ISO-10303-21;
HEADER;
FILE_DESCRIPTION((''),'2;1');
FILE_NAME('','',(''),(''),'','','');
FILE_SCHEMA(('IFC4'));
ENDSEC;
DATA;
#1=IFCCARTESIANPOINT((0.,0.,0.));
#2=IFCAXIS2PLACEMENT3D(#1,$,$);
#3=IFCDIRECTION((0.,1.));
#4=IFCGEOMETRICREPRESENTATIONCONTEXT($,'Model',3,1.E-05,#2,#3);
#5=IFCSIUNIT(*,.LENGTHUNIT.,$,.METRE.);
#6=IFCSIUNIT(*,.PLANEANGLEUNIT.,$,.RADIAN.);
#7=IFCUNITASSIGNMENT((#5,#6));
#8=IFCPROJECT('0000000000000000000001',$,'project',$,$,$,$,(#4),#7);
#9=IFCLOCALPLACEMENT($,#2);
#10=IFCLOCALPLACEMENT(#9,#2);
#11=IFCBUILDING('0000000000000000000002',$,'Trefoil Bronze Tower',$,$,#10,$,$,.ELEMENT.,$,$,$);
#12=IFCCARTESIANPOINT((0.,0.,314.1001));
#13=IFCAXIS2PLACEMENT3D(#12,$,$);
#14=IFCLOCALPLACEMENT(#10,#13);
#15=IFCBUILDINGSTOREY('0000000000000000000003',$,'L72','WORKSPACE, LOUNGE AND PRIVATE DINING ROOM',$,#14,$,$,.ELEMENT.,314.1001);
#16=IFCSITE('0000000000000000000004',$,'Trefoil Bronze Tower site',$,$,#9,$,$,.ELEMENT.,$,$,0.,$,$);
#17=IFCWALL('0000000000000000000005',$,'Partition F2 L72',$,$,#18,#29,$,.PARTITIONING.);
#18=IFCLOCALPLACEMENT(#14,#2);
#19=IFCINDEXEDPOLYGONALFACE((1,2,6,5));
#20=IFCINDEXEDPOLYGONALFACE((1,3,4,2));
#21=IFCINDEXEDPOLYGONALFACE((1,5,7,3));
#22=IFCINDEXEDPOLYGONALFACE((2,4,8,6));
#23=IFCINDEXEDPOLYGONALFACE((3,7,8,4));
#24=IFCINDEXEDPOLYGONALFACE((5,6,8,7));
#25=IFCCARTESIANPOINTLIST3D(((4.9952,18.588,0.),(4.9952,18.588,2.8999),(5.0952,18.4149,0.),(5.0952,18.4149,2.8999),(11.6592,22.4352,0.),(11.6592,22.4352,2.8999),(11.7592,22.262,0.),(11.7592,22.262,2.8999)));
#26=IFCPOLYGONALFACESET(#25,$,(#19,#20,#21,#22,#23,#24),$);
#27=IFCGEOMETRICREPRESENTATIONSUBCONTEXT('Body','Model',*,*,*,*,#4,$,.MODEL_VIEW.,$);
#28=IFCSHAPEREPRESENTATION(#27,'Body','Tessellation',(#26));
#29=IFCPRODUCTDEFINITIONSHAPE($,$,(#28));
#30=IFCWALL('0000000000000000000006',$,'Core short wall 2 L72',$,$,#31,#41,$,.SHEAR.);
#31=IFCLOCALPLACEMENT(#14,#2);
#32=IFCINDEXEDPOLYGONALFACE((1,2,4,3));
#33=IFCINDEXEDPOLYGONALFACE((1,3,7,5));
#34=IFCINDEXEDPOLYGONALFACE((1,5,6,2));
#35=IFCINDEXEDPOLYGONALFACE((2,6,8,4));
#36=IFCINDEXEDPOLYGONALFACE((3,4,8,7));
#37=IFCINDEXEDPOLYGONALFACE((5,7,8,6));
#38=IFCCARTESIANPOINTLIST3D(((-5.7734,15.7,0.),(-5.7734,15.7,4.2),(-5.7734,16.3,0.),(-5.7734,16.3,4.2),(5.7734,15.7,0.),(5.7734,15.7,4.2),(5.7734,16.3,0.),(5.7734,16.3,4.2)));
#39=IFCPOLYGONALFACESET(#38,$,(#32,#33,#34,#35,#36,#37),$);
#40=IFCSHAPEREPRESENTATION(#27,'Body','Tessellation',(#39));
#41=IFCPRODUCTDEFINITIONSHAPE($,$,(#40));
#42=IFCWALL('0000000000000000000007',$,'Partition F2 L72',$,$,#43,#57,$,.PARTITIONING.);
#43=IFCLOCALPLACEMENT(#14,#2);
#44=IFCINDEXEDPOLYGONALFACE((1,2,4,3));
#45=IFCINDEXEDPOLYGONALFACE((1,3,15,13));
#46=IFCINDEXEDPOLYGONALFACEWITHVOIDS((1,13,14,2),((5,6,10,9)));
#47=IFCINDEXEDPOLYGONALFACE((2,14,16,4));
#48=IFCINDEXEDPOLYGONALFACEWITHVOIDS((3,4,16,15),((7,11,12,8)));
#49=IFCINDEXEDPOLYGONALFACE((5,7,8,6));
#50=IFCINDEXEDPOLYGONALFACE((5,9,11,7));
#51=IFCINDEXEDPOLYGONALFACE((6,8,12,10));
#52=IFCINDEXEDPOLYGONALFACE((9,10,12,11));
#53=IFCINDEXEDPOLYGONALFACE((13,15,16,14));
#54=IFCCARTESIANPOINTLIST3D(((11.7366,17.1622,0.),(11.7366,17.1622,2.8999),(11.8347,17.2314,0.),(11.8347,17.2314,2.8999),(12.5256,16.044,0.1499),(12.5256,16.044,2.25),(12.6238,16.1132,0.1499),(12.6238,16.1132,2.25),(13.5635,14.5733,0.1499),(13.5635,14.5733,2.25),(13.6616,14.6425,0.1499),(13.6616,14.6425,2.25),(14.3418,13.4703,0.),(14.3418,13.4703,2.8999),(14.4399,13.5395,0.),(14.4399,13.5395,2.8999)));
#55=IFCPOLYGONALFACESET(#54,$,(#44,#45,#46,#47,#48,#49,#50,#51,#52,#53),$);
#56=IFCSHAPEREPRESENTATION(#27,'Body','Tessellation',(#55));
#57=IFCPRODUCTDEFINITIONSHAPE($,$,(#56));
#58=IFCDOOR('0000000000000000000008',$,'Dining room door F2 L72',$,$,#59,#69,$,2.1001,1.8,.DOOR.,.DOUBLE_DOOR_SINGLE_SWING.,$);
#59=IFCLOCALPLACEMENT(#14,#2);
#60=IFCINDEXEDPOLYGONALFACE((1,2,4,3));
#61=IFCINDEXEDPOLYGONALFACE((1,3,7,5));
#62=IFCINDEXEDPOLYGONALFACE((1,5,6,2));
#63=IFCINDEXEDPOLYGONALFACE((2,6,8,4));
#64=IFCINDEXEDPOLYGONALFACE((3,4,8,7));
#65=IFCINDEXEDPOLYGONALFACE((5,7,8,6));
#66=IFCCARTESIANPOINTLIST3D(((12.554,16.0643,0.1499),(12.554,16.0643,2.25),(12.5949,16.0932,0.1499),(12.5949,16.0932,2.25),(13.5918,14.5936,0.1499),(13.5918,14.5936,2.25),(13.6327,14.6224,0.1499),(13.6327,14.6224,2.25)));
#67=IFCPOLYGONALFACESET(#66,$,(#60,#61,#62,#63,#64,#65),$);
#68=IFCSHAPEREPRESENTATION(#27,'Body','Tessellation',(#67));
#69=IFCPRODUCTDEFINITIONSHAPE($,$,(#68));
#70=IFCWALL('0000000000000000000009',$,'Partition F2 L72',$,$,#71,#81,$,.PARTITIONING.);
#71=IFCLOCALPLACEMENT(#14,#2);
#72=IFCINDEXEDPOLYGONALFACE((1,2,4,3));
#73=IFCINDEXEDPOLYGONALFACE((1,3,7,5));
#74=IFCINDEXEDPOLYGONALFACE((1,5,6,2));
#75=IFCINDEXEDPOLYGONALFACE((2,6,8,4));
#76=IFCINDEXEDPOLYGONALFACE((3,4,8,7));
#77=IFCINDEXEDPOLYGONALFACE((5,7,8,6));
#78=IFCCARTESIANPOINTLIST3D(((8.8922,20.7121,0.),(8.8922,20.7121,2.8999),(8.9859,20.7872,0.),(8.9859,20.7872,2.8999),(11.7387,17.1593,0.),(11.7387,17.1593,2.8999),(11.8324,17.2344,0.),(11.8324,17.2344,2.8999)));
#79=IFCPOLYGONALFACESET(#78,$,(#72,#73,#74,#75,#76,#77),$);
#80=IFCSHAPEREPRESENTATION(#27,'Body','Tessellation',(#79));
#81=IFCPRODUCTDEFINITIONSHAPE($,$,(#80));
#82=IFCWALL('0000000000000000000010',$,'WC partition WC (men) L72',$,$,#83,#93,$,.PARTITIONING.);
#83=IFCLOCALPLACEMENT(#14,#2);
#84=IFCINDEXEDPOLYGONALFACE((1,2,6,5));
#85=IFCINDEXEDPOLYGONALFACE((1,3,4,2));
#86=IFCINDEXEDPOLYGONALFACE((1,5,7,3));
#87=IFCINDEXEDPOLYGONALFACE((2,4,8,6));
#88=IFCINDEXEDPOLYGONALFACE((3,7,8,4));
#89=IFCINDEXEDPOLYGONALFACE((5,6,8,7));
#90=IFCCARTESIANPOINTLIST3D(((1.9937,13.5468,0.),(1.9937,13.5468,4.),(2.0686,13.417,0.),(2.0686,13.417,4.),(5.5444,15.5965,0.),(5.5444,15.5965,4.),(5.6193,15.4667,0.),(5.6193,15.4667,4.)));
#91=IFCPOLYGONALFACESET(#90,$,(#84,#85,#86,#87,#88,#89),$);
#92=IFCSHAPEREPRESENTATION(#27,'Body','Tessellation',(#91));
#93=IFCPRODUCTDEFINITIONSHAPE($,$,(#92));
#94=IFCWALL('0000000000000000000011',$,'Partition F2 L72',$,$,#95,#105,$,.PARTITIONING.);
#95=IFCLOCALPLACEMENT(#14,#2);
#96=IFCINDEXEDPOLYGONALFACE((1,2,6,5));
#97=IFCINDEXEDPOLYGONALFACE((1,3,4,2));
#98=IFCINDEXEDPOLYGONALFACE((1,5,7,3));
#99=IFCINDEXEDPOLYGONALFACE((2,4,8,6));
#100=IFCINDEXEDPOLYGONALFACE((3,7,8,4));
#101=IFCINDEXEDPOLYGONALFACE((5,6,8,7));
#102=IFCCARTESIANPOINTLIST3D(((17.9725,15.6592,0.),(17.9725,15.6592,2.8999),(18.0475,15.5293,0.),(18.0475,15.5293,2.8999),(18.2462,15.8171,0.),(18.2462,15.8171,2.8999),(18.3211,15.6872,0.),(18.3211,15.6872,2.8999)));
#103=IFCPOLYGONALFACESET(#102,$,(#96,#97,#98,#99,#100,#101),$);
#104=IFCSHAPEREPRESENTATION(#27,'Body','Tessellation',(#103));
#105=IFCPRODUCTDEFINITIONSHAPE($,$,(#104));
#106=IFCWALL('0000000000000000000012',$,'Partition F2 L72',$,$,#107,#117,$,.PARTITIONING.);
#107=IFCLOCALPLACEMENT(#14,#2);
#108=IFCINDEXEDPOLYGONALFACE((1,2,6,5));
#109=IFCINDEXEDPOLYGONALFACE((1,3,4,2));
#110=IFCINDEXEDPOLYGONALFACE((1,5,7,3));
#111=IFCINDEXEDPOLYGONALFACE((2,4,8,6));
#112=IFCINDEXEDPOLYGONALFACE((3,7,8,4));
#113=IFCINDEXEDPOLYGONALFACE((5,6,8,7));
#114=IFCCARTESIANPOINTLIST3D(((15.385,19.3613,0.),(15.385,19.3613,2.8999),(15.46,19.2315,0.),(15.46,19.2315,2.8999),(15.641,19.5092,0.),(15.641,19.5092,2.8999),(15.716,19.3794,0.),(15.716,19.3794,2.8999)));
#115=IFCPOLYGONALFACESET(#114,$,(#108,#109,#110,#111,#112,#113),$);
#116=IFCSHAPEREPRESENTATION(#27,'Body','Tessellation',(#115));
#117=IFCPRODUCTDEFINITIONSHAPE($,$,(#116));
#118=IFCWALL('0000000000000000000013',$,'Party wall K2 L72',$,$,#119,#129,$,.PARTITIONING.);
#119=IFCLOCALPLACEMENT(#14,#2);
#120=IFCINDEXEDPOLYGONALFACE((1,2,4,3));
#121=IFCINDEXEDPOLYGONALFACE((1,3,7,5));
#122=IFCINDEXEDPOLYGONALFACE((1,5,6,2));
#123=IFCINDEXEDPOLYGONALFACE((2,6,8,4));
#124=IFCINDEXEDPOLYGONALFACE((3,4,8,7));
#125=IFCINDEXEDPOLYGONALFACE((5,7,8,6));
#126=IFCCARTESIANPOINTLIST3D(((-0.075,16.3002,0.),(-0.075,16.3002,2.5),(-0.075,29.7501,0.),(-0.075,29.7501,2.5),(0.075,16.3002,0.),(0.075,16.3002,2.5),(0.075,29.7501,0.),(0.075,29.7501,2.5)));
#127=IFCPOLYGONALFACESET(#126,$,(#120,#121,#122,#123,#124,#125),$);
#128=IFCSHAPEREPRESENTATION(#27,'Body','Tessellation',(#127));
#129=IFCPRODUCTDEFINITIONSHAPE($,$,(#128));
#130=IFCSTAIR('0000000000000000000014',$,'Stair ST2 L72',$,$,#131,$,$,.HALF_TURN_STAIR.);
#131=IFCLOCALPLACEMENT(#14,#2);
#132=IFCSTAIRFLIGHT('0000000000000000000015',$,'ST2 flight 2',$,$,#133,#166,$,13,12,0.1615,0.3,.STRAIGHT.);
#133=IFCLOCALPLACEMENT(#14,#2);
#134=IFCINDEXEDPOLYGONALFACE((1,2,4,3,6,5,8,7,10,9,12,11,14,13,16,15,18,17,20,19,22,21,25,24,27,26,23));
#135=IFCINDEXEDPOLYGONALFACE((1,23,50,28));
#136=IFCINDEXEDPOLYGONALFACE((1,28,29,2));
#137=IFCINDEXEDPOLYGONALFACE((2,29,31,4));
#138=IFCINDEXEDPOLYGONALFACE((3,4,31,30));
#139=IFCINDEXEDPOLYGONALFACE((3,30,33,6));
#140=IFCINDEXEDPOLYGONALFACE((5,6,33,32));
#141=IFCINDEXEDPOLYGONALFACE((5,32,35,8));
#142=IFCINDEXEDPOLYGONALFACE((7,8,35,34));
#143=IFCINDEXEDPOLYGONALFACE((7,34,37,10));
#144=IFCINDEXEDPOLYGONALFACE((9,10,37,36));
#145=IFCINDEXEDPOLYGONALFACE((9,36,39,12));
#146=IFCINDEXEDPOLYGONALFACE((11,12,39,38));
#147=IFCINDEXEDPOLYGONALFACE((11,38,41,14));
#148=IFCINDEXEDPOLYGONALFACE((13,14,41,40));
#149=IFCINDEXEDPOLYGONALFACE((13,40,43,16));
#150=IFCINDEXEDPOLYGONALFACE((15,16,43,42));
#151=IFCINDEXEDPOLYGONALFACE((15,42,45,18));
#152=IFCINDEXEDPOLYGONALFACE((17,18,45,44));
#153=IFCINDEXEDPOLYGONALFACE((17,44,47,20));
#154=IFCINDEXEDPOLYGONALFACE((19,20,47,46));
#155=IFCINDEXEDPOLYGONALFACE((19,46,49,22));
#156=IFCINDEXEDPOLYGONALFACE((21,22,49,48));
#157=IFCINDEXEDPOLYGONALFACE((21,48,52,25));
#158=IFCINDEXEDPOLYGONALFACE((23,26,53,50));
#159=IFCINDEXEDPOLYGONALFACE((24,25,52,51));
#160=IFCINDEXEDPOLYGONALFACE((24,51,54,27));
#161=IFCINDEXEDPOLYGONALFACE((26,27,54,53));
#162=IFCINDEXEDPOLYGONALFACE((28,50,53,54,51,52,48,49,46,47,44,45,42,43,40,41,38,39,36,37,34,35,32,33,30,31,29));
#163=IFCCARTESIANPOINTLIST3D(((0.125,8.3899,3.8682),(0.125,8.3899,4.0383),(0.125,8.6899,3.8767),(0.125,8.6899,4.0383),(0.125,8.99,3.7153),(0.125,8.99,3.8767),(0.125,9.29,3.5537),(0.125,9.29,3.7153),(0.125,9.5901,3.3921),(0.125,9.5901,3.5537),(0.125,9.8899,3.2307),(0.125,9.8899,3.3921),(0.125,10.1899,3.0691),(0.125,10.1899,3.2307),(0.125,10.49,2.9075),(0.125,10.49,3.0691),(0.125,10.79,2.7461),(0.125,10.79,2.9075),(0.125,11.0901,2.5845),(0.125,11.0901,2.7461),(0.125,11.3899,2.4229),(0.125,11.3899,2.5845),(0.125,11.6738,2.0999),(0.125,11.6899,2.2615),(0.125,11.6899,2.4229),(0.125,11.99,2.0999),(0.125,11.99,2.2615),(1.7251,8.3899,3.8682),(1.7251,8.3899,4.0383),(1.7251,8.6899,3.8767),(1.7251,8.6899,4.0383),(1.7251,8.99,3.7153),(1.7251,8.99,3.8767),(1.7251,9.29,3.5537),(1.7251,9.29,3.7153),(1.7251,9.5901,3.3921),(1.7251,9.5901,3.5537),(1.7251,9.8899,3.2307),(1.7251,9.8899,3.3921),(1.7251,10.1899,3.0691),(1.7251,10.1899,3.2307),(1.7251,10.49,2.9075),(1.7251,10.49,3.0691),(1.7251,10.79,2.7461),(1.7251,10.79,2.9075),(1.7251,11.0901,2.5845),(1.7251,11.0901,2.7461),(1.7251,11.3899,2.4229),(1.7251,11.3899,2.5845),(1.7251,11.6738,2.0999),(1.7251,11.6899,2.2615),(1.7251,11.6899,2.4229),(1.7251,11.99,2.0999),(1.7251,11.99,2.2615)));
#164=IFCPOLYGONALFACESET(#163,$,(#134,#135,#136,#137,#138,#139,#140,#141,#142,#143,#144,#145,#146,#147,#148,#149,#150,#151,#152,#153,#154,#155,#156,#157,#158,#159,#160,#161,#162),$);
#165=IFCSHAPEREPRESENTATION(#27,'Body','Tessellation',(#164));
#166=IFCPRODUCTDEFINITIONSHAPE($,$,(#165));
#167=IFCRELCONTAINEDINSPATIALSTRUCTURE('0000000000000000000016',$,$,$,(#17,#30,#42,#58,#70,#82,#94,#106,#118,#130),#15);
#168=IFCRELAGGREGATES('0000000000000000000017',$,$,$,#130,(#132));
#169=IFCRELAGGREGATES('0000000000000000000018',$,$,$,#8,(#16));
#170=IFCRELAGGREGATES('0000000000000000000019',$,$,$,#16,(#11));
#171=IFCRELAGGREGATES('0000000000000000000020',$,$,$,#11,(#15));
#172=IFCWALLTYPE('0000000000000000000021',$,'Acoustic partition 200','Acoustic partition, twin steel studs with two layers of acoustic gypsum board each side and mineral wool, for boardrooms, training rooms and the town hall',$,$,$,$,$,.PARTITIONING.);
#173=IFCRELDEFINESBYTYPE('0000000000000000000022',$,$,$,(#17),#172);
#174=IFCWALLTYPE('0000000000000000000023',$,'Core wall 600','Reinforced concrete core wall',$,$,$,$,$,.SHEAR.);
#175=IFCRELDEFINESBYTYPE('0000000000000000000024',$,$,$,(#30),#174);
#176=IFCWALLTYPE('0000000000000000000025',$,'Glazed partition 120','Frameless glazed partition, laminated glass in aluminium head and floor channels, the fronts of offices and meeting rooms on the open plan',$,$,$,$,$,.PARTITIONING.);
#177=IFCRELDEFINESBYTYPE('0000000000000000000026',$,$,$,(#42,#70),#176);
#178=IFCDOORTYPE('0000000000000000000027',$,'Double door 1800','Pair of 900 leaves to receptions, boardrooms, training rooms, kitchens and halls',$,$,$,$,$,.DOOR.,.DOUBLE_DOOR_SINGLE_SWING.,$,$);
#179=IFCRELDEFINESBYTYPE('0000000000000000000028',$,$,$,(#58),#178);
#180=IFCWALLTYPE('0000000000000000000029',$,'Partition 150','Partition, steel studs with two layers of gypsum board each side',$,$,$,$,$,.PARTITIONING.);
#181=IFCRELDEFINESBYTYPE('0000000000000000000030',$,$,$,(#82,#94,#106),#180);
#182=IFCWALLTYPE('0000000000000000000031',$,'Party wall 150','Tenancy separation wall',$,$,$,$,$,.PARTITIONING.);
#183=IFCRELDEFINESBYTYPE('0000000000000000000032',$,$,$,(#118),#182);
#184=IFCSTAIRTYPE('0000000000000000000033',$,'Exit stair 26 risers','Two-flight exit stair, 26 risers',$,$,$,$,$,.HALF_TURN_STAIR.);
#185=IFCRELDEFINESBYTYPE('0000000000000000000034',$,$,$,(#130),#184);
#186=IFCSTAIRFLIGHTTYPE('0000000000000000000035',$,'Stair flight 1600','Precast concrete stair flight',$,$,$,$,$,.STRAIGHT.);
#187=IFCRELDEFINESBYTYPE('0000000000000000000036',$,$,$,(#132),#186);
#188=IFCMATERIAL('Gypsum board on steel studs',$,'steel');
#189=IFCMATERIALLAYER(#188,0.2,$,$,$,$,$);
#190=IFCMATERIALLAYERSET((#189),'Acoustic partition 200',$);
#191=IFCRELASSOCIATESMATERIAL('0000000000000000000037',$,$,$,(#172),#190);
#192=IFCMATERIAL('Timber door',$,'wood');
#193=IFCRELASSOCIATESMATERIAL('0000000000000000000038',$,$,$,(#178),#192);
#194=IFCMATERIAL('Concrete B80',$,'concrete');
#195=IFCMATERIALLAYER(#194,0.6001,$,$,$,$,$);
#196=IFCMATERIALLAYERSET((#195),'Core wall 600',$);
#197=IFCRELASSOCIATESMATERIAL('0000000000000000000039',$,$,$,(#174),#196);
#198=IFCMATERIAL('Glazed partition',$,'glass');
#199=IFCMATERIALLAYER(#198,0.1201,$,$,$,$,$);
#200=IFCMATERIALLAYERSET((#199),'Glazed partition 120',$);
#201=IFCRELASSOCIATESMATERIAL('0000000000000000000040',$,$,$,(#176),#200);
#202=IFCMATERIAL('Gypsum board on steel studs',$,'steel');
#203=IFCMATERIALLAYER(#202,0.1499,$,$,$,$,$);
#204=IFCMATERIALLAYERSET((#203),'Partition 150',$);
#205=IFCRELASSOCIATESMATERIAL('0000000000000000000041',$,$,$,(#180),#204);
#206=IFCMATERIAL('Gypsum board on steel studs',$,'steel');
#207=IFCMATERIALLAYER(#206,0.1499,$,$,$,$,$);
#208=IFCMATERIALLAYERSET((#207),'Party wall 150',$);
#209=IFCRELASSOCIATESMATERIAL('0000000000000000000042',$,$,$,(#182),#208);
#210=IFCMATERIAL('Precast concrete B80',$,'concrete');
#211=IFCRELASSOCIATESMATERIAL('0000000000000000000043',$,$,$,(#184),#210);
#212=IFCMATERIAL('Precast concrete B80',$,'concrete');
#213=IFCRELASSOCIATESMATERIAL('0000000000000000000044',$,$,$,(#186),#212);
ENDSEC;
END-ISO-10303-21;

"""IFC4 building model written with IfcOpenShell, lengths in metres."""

from ifc_helpers import new_model, si_unit, direction, frame, frame_2d, origin, place, context, subcontext, project, spatial, polyline, rectangle, outline, extrude, material, layer, layer_set, type_object, element, fill, aggregate, save


model = new_model("IFC4")

# Units and contexts
model_context = context("Model", 3, precision=1e-05, world=origin(), true_north=direction((0.0, 1.0)))
body_context = subcontext(model_context, "Body", "Model", "MODEL_VIEW")
ifc_project = project(units=[si_unit("LENGTHUNIT", "METRE"), si_unit("PLANEANGLEUNIT", "RADIAN")], contexts=[model_context])

# Site, building, storey
site_placement = place(None, origin())
site = spatial("IfcSite", under=ifc_project, at=site_placement, Name="Trefoil Bronze Tower site", CompositionType="ELEMENT", RefElevation=0.0)
building_placement = place(site_placement, origin())
building = spatial("IfcBuilding", under=site, at=building_placement, Name="Trefoil Bronze Tower", CompositionType="ELEMENT")
storey_placement = place(building_placement, frame((0.0, 0.0, 314.1001)))
storey = spatial("IfcBuildingStorey", under=building, at=storey_placement, Name="L72", Description="WORKSPACE, LOUNGE AND PRIVATE DINING ROOM", CompositionType="ELEMENT", Elevation=314.1001)

# Shared definitions
ifc_material_1 = material(Name="Gypsum board on steel studs", Category="steel")
ifc_layer_1 = layer(ifc_material_1, 0.2)
ifc_layer_set_1 = layer_set([ifc_layer_1], Name="Acoustic partition 200")
wall_type_1 = type_object("IfcWallType", Name="Acoustic partition 200", Description="Acoustic partition, twin steel studs with two layers of acoustic gypsum board each side and mineral wool, for boardrooms, training rooms and the town hall", PredefinedType="PARTITIONING", material=ifc_layer_set_1)
ifc_material_2 = material(Name="Timber door", Category="wood")
door_type = type_object("IfcDoorType", Name="Double door 1800", Description="Pair of 900 leaves to receptions, boardrooms, training rooms, kitchens and halls", OperationType="DOUBLE_DOOR_SINGLE_SWING", PredefinedType="DOOR", material=ifc_material_2)

# Walls
wall_1_placement = place(storey_placement, frame((5.0452, 18.5015, 0.0), z_axis=(0.0, 0.0, 1.0), x_axis=(0.866044, 0.499968, 0.0)))
element("IfcWall", 1, at=wall_1_placement, inside=storey, type_object=wall_type_1, Name="Partition F2 L72", PredefinedType="PARTITIONING", context=body_context, shape_type="SweptSolid", body=[
    extrude(rectangle(XDim=7.6948, YDim=0.2, at=frame_2d((3.8474, 0.0))), origin(), (0.0, 0.0, 1.0), 2.8999),
])
ifc_material_3 = material(Name="Concrete B80", Category="concrete")
ifc_layer_2 = layer(ifc_material_3, 0.6001)
ifc_layer_set_2 = layer_set([ifc_layer_2], Name="Core wall 600")
wall_type_2 = type_object("IfcWallType", Name="Core wall 600", Description="Reinforced concrete core wall", PredefinedType="SHEAR", material=ifc_layer_set_2)
wall_2_placement = place(storey_placement, frame((5.7734, 16.0, 0.0), z_axis=(0.0, 0.0, 1.0), x_axis=(-1.0, 0.0, 0.0)))
element("IfcWall", 2, at=wall_2_placement, inside=storey, type_object=wall_type_2, Name="Core short wall 2 L72", PredefinedType="SHEAR", context=body_context, shape_type="SweptSolid", body=[
    extrude(rectangle(XDim=11.5469, YDim=0.6001, at=frame_2d((5.7734, 0.0))), origin(), (0.0, 0.0, 1.0), 4.2),
])

# Wall, opening, door
ifc_material_4 = material(Name="Glazed partition", Category="glass")
ifc_layer_3 = layer(ifc_material_4, 0.1201)
ifc_layer_set_3 = layer_set([ifc_layer_3], Name="Glazed partition 120")
wall_type_3 = type_object("IfcWallType", Name="Glazed partition 120", Description="Frameless glazed partition, laminated glass in aluminium head and floor channels, the fronts of offices and meeting rooms on the open plan", PredefinedType="PARTITIONING", material=ifc_layer_set_3)
wall_3_placement = place(storey_placement, frame((14.3909, 13.5049, 0.0), z_axis=(0.0, 0.0, 1.0), x_axis=(-0.576562, 0.817053, 0.0)))
wall_3 = element("IfcWall", 3, at=wall_3_placement, inside=storey, type_object=wall_type_3, Name="Partition F2 L72", PredefinedType="PARTITIONING", context=body_context, shape_type="SweptSolid", body=[
    extrude(rectangle(XDim=4.5186, YDim=0.1201, at=frame_2d((2.2593, 0.0))), origin(), (0.0, 0.0, 1.0), 2.8999),
])
opening_1_placement = place(wall_3_placement, frame((1.3501, 0.0, 0.1499)))
opening_1 = element("IfcOpeningElement", 4, at=opening_1_placement, cuts=wall_3, PredefinedType="OPENING", context=body_context, shape_type="SweptSolid", body=[
    extrude(rectangle(XDim=1.8, YDim=2.1001, at=frame_2d((0.8999, 1.05))), frame((0.0, 0.0701, 0.0), z_axis=(0.0, -1.0, 0.0), x_axis=(1.0, 0.0, 0.0)), (0.0, 0.0, 1.0), 0.1401),
])
door_1_placement = place(opening_1_placement, frame((1.8, 0.0, 0.0), z_axis=(0.0, 0.0, 1.0), x_axis=(-1.0, 0.0, 0.0)))
door_1 = element("IfcDoor", 5, at=door_1_placement, inside=storey, type_object=door_type, Name="Dining room door F2 L72", OperationType="DOUBLE_DOOR_SINGLE_SWING", OverallHeight=2.1001, OverallWidth=1.8, PredefinedType="DOOR", context=body_context, shape_type="SweptSolid", body=[
    extrude(rectangle(XDim=1.8, YDim=2.1001, at=frame_2d((0.8999, 1.05))), frame((0.0, 0.0249, 0.0), z_axis=(0.0, -1.0, 0.0), x_axis=(1.0, 0.0, 0.0)), (0.0, 0.0, 1.0), 0.05),
])
fill(opening_1, door_1)

# Walls
wall_4_placement = place(storey_placement, frame((11.7856, 17.1968, 0.0), z_axis=(0.0, 0.0, 1.0), x_axis=(-0.625264, 0.780413, 0.0)))
element("IfcWall", 6, at=wall_4_placement, inside=storey, type_object=wall_type_3, Name="Partition F2 L72", PredefinedType="PARTITIONING", context=body_context, shape_type="SweptSolid", body=[
    extrude(rectangle(XDim=4.5525, YDim=0.1201, at=frame_2d((2.2764, 0.0))), origin(), (0.0, 0.0, 1.0), 2.8999),
])
ifc_material_5 = material(Name="Gypsum board on steel studs", Category="steel")
ifc_layer_4 = layer(ifc_material_5, 0.1499)
ifc_layer_set_4 = layer_set([ifc_layer_4], Name="Partition 150")
wall_type_4 = type_object("IfcWallType", Name="Partition 150", Description="Partition, steel studs with two layers of gypsum board each side", PredefinedType="PARTITIONING", material=ifc_layer_set_4)
wall_5_placement = place(storey_placement, frame((2.0312, 13.4819, 0.0), z_axis=(0.0, 0.0, 1.0), x_axis=(0.866051, 0.499956, 0.0)))
element("IfcWall", 7, at=wall_5_placement, inside=storey, type_object=wall_type_4, Name="WC partition WC (men) L72", PredefinedType="PARTITIONING", context=body_context, shape_type="SweptSolid", body=[
    extrude(rectangle(XDim=4.0999, YDim=0.1499, at=frame_2d((2.0498, 0.0))), origin(), (0.0, 0.0, 1.0), 4.0),
])
wall_6_placement = place(storey_placement, frame((18.01, 15.5942, 0.0), z_axis=(0.0, 0.0, 1.0), x_axis=(0.866096, 0.499879, 0.0)))
element("IfcWall", 8, at=wall_6_placement, inside=storey, type_object=wall_type_4, Name="Partition F2 L72", PredefinedType="PARTITIONING", context=body_context, shape_type="SweptSolid", body=[
    extrude(rectangle(XDim=0.3159, YDim=0.1499, at=frame_2d((0.158, 0.0))), origin(), (0.0, 0.0, 1.0), 2.8999),
])
wall_7_placement = place(storey_placement, frame((15.4224, 19.2964, 0.0), z_axis=(0.0, 0.0, 1.0), x_axis=(0.865897, 0.500223, 0.0)))
element("IfcWall", 9, at=wall_7_placement, inside=storey, type_object=wall_type_4, Name="Partition F2 L72", PredefinedType="PARTITIONING", context=body_context, shape_type="SweptSolid", body=[
    extrude(rectangle(XDim=0.2957, YDim=0.1499, at=frame_2d((0.1479, 0.0))), origin(), (0.0, 0.0, 1.0), 2.8999),
])
ifc_material_6 = material(Name="Gypsum board on steel studs", Category="steel")
ifc_layer_5 = layer(ifc_material_6, 0.1499)
ifc_layer_set_5 = layer_set([ifc_layer_5], Name="Party wall 150")
wall_type_5 = type_object("IfcWallType", Name="Party wall 150", Description="Tenancy separation wall", PredefinedType="PARTITIONING", material=ifc_layer_set_5)
wall_8_placement = place(storey_placement, frame((0.0, 16.3, 0.0), z_axis=(0.0, 0.0, 1.0), x_axis=(0.0, 1.0, 0.0)))
element("IfcWall", 10, at=wall_8_placement, inside=storey, type_object=wall_type_5, Name="Party wall K2 L72", PredefinedType="PARTITIONING", context=body_context, shape_type="SweptSolid", body=[
    extrude(rectangle(XDim=13.45, YDim=0.1499, at=frame_2d((6.7251, 0.0))), origin(), (0.0, 0.0, 1.0), 2.5),
])

# Stair, stair flight
ifc_material_7 = material(Name="Precast concrete B80", Category="concrete")
stair_type = type_object("IfcStairType", Name="Exit stair 26 risers", Description="Two-flight exit stair, 26 risers", PredefinedType="HALF_TURN_STAIR", material=ifc_material_7)
stair_placement = place(storey_placement, origin())
stair = element("IfcStair", 11, at=stair_placement, inside=storey, type_object=stair_type, Name="Stair ST2 L72", PredefinedType="HALF_TURN_STAIR")
ifc_material_8 = material(Name="Precast concrete B80", Category="concrete")
stair_flight_type = type_object("IfcStairFlightType", Name="Stair flight 1600", Description="Precast concrete stair flight", PredefinedType="STRAIGHT", material=ifc_material_8)
stair_flight_placement = place(storey_placement, frame((0.925, 11.99, 2.0999), z_axis=(0.0, 0.0, 1.0), x_axis=(0.0, -1.0, 0.0)))
stair_flight = element("IfcStairFlight", 12, at=stair_flight_placement, type_object=stair_flight_type, Name="ST2 flight 2", NumberOfRisers=13, NumberOfTreads=12, PredefinedType="STRAIGHT", RiserHeight=0.1615, TreadLength=0.3, context=body_context, shape_type="SweptSolid", body=[
    extrude(outline(polyline([(0.0, 0.0), (0.0, 0.1616), (0.3, 0.1616), (0.3, 0.323), (0.6001, 0.323), (0.6001, 0.4846), (0.8999, 0.4846), (0.8999, 0.6462), (1.2, 0.6462), (1.2, 0.8076), (1.5, 0.8076), (1.5, 0.9692), (1.8, 0.9692), (1.8, 1.1309), (2.1001, 1.1309), (2.1001, 1.2922), (2.3999, 1.2922), (2.3999, 1.4539), (2.7, 1.4539), (2.7, 1.6155), (3.0, 1.6155), (3.0, 1.7769), (3.3, 1.7769), (3.3, 1.9385), (3.6001, 1.9385), (3.6001, 2.1001), (3.6001, 1.7683), (0.3162, 0.0), (0.0, 0.0)])), frame((0.0, 0.8, 0.0), z_axis=(0.0, -1.0, 0.0), x_axis=(1.0, 0.0, 0.0)), (0.0, 0.0, 1.0), 1.6001),
])
aggregate(stair, [stair_flight])

save(model, "model.ifc")
